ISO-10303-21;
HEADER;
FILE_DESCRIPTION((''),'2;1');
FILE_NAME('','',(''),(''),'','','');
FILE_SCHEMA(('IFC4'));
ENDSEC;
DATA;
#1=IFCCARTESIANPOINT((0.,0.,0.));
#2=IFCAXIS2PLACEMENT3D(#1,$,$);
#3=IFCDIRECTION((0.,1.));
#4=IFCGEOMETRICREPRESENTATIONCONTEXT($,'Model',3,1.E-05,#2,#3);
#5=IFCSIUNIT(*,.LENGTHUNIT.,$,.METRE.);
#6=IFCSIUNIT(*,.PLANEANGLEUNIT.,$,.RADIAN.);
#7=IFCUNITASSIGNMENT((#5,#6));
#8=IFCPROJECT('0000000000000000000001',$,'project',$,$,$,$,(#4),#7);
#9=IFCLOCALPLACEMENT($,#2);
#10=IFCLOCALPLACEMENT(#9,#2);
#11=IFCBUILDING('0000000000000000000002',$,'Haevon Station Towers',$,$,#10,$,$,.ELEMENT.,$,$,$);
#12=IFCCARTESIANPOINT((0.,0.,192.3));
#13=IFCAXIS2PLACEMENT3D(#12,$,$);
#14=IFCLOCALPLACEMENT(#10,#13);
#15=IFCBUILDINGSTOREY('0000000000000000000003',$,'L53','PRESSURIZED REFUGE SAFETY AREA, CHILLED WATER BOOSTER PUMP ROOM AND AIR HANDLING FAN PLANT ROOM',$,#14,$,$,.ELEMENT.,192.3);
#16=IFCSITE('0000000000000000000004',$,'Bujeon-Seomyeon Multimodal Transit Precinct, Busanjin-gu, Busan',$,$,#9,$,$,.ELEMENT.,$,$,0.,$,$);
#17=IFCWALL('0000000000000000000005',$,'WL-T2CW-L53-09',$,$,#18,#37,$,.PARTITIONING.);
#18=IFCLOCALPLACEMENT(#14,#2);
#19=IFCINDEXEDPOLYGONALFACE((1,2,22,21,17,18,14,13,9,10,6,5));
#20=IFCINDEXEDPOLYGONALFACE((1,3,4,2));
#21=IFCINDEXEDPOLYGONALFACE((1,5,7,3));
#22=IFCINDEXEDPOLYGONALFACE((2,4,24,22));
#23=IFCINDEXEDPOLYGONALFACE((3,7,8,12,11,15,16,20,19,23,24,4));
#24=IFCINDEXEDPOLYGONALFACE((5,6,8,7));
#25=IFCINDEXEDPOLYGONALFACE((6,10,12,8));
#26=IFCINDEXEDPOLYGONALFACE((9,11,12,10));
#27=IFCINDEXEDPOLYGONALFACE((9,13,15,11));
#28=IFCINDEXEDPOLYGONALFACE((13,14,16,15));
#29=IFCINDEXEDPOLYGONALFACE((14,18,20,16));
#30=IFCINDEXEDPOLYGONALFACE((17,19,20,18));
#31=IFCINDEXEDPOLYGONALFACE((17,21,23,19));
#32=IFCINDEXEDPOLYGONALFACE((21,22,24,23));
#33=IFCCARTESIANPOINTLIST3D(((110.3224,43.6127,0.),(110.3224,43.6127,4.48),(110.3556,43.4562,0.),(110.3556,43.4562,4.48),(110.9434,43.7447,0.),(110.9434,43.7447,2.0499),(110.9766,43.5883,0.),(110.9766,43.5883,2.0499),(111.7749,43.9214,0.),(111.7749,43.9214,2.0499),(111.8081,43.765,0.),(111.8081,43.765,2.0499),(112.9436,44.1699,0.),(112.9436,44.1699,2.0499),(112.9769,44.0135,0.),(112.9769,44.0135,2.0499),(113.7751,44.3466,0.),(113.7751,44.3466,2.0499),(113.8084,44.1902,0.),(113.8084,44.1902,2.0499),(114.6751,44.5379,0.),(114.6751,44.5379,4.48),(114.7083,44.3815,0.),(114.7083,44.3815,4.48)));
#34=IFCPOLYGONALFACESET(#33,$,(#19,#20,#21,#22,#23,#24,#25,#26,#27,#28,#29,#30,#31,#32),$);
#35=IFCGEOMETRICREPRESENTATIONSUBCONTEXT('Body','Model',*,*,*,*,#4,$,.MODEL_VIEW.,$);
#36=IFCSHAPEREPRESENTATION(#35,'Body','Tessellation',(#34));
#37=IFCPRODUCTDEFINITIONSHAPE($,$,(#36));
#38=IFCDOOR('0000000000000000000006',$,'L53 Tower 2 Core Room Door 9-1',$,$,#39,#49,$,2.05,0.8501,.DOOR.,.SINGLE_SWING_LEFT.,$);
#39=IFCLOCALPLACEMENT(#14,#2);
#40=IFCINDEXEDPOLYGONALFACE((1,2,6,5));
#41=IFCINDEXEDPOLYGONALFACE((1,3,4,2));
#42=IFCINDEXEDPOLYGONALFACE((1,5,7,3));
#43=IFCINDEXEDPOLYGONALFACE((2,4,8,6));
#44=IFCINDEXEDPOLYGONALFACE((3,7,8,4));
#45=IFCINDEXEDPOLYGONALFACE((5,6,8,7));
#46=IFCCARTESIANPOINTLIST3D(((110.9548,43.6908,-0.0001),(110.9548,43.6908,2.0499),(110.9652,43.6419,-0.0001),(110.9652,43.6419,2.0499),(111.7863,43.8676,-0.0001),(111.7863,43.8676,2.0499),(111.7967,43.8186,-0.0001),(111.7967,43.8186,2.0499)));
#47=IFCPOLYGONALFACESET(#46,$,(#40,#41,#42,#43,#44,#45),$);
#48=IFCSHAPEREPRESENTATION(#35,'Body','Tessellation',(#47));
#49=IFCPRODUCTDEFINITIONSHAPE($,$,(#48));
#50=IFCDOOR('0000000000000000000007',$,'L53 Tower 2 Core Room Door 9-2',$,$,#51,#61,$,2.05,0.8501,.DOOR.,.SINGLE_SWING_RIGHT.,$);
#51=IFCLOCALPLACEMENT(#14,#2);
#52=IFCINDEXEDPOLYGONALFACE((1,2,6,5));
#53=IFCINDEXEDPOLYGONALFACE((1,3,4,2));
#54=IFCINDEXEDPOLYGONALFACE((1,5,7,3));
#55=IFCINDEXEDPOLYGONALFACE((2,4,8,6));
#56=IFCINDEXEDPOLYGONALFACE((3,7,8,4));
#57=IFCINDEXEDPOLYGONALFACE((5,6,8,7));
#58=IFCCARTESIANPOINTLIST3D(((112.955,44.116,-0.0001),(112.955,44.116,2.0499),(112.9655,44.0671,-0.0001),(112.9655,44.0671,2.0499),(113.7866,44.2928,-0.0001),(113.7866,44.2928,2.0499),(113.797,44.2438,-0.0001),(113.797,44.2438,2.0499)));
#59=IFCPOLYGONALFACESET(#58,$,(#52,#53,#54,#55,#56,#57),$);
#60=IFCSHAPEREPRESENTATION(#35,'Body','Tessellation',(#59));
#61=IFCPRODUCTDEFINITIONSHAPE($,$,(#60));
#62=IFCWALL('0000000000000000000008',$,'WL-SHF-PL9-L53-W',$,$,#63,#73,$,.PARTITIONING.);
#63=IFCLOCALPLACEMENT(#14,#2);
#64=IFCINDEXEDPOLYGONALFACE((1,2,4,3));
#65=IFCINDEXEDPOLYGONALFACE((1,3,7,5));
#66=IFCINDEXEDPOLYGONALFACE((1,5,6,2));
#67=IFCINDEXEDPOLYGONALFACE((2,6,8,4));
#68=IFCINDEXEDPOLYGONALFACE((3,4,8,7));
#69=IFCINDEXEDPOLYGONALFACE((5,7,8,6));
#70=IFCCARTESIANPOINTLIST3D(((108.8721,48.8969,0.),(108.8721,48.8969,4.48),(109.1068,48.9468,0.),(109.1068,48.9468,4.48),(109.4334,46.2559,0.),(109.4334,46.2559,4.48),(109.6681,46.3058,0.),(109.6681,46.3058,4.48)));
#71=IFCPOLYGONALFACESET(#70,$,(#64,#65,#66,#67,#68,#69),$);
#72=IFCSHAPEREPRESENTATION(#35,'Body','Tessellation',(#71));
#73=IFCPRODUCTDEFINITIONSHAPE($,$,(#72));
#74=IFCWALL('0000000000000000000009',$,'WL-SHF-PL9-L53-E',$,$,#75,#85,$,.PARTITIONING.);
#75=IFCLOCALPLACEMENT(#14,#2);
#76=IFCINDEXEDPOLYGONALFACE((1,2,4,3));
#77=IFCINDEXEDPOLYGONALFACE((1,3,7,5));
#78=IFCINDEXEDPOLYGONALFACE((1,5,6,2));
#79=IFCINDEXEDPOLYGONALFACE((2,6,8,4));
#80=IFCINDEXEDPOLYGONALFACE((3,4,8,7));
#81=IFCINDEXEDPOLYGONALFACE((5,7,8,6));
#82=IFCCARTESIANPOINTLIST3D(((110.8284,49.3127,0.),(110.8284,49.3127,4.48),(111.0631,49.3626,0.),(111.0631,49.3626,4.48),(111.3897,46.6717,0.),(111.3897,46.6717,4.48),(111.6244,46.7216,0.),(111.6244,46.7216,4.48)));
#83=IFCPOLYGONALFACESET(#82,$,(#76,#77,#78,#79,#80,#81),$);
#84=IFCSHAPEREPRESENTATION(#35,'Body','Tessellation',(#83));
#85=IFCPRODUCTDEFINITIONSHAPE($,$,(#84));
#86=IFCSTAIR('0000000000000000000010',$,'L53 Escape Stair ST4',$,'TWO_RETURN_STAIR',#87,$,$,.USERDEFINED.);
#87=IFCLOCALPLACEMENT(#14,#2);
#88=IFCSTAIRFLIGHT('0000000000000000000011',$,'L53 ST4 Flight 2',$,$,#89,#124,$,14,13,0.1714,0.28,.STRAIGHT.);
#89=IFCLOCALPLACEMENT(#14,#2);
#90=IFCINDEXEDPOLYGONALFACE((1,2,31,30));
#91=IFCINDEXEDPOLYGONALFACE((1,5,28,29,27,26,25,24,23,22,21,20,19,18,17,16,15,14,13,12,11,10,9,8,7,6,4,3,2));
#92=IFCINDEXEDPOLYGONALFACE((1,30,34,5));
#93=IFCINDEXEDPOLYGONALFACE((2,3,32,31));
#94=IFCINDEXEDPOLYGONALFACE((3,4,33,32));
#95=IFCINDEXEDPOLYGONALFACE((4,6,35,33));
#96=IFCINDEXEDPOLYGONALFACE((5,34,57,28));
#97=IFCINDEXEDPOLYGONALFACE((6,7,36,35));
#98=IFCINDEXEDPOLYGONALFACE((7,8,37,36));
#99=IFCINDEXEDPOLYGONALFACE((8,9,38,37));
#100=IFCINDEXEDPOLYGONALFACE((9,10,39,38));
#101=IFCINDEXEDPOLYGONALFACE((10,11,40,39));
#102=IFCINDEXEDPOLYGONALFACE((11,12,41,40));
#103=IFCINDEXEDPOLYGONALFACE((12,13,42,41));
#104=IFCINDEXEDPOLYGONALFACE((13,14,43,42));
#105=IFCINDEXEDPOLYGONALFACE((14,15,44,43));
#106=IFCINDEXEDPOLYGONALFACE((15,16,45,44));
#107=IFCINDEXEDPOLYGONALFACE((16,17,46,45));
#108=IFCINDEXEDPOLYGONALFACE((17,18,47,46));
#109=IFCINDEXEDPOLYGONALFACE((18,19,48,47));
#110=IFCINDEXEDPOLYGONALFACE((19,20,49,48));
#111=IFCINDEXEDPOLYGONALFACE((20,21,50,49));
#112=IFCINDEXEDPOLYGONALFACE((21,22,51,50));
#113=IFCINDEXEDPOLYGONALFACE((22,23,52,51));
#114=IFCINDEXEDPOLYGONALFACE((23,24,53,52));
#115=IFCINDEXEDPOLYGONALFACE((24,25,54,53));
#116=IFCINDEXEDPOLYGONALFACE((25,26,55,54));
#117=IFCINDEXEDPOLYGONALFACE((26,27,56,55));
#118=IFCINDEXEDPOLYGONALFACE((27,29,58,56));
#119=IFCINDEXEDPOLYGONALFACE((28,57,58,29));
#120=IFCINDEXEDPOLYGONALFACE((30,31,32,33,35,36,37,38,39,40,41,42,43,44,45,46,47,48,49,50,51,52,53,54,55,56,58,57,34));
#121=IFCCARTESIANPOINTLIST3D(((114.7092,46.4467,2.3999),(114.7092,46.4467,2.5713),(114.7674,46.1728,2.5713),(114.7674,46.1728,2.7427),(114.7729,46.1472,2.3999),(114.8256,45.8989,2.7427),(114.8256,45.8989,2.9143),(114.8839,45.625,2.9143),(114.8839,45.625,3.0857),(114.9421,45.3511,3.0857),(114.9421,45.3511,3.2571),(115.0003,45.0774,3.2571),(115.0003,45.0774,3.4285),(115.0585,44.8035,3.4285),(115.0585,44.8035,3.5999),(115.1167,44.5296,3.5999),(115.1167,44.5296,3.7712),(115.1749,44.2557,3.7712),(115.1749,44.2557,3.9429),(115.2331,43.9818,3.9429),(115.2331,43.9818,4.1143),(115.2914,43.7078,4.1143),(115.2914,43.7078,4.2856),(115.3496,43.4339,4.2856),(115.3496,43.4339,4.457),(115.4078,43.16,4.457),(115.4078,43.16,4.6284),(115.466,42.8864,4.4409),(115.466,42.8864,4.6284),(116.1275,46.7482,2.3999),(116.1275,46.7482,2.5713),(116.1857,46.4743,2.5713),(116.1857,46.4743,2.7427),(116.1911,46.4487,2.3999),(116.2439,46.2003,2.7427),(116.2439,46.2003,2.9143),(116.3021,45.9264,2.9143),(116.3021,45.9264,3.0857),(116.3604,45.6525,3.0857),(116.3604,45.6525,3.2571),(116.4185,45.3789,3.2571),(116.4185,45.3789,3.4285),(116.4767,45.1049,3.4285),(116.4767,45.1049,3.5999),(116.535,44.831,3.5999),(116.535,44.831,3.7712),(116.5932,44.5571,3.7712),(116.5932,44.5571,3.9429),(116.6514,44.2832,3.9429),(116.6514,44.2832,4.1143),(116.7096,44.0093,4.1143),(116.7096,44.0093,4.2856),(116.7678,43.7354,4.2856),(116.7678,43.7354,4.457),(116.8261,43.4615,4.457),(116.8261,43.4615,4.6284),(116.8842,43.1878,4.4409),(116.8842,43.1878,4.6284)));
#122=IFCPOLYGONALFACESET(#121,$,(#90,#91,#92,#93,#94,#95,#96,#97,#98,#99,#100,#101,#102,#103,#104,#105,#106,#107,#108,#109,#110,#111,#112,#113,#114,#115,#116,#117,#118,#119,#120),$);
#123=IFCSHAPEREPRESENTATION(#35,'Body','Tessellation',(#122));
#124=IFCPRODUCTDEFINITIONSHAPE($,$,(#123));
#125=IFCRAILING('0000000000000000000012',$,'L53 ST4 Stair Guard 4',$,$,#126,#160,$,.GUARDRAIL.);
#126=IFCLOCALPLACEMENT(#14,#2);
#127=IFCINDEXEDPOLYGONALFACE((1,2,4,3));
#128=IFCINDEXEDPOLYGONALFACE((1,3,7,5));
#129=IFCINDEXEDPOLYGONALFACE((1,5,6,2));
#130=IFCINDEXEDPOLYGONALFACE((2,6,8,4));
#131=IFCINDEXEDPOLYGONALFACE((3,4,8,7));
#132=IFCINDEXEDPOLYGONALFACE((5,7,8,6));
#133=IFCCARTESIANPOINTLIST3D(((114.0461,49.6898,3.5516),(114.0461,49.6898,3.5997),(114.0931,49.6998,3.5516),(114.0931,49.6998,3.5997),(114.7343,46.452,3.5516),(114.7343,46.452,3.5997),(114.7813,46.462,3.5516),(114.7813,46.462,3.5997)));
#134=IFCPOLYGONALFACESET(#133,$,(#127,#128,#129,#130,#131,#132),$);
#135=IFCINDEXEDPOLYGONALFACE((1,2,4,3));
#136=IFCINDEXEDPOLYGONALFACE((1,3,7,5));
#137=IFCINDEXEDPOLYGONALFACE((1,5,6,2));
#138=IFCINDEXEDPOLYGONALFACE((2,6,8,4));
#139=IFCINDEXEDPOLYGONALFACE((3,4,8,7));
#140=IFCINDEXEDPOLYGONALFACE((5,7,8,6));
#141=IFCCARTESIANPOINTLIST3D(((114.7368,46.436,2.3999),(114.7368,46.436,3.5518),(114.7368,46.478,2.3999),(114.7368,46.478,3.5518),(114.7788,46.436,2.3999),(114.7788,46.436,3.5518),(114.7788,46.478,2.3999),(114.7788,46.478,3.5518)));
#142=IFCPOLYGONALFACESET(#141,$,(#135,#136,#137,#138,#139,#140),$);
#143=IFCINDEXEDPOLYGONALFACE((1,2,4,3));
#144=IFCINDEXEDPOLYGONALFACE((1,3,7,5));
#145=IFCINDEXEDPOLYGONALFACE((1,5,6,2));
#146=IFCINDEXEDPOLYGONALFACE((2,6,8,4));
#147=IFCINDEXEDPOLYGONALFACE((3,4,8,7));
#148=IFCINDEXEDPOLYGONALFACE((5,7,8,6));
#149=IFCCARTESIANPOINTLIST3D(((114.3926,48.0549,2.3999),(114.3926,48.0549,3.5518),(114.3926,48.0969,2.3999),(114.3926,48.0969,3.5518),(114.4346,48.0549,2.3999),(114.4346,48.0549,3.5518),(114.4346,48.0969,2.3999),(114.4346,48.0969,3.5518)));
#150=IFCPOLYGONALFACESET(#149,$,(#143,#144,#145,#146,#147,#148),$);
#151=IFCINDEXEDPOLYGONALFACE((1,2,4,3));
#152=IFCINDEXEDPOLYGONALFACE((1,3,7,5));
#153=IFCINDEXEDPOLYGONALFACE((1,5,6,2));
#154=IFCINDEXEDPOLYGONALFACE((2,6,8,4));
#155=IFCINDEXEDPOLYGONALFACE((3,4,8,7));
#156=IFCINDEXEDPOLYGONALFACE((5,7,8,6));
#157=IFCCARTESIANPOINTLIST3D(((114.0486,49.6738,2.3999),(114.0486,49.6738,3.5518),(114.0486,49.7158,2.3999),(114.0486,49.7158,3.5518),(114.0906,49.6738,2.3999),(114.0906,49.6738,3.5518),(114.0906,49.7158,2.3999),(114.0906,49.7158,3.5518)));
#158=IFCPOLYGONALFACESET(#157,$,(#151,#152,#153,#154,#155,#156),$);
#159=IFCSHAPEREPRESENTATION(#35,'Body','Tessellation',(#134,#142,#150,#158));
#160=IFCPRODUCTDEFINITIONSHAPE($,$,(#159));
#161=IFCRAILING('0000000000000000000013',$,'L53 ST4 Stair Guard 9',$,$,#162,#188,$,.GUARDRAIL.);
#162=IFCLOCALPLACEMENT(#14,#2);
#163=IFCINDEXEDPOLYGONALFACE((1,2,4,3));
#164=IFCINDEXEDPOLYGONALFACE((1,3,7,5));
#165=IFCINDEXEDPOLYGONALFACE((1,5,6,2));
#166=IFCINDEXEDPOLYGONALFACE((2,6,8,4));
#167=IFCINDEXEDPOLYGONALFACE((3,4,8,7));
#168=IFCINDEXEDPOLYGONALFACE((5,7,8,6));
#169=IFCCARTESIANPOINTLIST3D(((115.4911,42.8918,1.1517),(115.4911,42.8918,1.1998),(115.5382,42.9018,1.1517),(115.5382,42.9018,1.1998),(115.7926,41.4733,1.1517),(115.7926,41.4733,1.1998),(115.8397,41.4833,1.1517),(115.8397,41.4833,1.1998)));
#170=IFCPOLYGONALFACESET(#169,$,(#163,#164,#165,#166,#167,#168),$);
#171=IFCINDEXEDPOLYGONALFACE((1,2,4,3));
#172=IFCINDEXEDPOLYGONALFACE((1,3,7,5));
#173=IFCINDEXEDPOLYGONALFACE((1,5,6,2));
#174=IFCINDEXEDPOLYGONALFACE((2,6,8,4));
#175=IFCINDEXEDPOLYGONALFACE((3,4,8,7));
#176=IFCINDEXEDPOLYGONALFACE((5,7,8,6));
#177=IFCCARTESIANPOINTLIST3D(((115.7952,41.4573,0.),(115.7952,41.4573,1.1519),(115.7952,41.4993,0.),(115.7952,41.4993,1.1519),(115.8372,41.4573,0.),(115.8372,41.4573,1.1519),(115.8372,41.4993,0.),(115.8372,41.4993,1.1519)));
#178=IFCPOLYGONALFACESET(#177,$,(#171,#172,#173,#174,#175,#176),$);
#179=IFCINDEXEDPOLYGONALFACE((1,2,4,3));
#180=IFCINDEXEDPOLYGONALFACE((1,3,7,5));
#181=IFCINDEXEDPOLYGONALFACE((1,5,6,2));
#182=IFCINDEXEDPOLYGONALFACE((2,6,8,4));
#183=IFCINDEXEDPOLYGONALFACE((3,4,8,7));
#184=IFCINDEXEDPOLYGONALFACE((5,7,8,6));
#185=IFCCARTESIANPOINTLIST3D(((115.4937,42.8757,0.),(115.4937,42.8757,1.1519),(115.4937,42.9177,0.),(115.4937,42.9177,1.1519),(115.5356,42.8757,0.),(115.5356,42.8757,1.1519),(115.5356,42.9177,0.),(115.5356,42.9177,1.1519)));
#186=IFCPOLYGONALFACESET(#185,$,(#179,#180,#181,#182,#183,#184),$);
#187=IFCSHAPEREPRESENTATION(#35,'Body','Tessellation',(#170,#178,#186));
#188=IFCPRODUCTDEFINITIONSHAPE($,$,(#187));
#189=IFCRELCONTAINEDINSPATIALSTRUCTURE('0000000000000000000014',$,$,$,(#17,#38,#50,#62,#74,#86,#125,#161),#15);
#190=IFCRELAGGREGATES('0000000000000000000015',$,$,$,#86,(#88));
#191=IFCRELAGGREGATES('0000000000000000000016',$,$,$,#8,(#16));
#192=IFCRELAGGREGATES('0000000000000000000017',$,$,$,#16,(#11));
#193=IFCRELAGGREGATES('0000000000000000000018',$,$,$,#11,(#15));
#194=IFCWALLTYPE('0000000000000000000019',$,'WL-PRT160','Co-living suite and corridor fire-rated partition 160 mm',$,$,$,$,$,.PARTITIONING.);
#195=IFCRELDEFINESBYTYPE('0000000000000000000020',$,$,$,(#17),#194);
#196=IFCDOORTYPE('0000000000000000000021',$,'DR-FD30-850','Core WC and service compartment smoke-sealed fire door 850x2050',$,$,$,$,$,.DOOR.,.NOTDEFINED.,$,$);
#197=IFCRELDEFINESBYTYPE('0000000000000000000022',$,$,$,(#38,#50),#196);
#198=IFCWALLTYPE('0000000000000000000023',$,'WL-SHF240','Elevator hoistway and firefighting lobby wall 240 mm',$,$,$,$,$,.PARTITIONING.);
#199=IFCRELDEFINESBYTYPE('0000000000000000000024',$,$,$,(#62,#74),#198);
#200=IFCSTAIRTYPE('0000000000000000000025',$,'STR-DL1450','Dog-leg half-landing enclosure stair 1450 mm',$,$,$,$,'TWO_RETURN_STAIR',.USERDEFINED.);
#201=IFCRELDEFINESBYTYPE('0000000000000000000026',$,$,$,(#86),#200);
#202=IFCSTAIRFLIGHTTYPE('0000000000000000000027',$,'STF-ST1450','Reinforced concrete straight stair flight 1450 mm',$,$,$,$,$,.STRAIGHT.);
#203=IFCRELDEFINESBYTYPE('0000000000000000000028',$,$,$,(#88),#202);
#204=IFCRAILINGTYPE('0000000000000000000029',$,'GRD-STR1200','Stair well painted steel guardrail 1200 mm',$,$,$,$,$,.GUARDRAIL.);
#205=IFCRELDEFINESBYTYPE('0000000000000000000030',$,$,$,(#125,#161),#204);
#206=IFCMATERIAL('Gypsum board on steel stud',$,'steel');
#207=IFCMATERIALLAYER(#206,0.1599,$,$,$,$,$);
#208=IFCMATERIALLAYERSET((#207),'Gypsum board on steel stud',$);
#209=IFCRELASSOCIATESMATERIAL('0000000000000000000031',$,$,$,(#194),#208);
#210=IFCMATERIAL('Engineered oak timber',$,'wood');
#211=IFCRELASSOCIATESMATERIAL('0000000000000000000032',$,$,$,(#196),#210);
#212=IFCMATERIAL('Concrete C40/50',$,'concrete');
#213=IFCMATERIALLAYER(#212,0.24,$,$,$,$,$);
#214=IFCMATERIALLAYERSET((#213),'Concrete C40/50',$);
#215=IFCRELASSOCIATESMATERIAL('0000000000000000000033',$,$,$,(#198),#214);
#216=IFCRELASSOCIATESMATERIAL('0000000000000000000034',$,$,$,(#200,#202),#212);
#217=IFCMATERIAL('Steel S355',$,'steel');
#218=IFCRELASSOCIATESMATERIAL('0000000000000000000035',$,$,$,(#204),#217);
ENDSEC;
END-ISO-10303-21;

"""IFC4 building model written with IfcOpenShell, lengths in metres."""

from ifc_helpers import new_model, si_unit, direction, frame, frame_2d, origin, origin_2d, place, context, subcontext, project, spatial, polyline, rectangle, outline, extrude, material, layer, layer_set, type_object, element, fill, aggregate, save


model = new_model("IFC4")

# Units and contexts
model_context = context("Model", 3, precision=1e-05, world=origin(), true_north=direction((0.0, 1.0)))
body_context = subcontext(model_context, "Body", "Model", "MODEL_VIEW")
ifc_project = project(units=[si_unit("LENGTHUNIT", "METRE"), si_unit("PLANEANGLEUNIT", "RADIAN")], contexts=[model_context])

# Site, building, storey
site_placement = place(None, origin())
site = spatial("IfcSite", under=ifc_project, at=site_placement, Name="Bujeon-Seomyeon Multimodal Transit Precinct, Busanjin-gu, Busan", CompositionType="ELEMENT", RefElevation=0.0)
building_placement = place(site_placement, origin())
building = spatial("IfcBuilding", under=site, at=building_placement, Name="Haevon Station Towers", CompositionType="ELEMENT")
storey_placement = place(building_placement, frame((0.0, 0.0, 192.3)))
storey = spatial("IfcBuildingStorey", under=building, at=storey_placement, Name="L53", Description="PRESSURIZED REFUGE SAFETY AREA, CHILLED WATER BOOSTER PUMP ROOM AND AIR HANDLING FAN PLANT ROOM", CompositionType="ELEMENT", Elevation=192.3)

# Shared definitions
ifc_material_1 = material(Name="Steel S355", Category="steel")

# Shared definitions
ifc_material_2 = material(Name="Gypsum board on steel stud", Category="steel")
ifc_material_3 = material(Name="Engineered oak timber", Category="wood")

# Shared definitions
ifc_layer_1 = layer(ifc_material_2, 0.1599)
ifc_layer_set_1 = layer_set([ifc_layer_1], Name="Gypsum board on steel stud")
wall_type_1 = type_object("IfcWallType", Name="WL-PRT160", Description="Co-living suite and corridor fire-rated partition 160 mm", PredefinedType="PARTITIONING", material=ifc_layer_set_1)

# Wall, openings, doors
wall_1_placement = place(storey_placement, frame((110.3389, 43.5344, 0.0), z_axis=(0.0, 0.0, 1.0), x_axis=(0.978144, 0.207929, 0.0)))
wall_1 = element("IfcWall", 1, at=wall_1_placement, inside=storey, type_object=wall_type_1, Name="WL-T2CW-L53-09", PredefinedType="PARTITIONING", context=body_context, shape_type="SweptSolid", body=[
    extrude(rectangle(XDim=4.45, YDim=0.1599, at=frame_2d((2.2251, 0.0))), origin(), (0.0, 0.0, 1.0), 4.48),
])
opening_1_placement = place(wall_1_placement, frame((0.635, 0.0, 0.0)))
opening_1 = element("IfcOpeningElement", 2, at=opening_1_placement, cuts=wall_1, PredefinedType="OPENING", context=body_context, shape_type="SweptSolid", body=[
    extrude(rectangle(XDim=0.8501, YDim=2.05, at=frame_2d((0.425, 1.0249))), frame((0.0, 0.0898, 0.0), z_axis=(0.0, -1.0, 0.0), x_axis=(1.0, 0.0, 0.0)), (0.0, 0.0, 1.0), 0.1799),
])
opening_2_placement = place(wall_1_placement, frame((2.6799, 0.0, 0.0)))
opening_2 = element("IfcOpeningElement", 3, at=opening_2_placement, cuts=wall_1, PredefinedType="OPENING", context=body_context, shape_type="SweptSolid", body=[
    extrude(rectangle(XDim=0.8501, YDim=2.05, at=frame_2d((0.425, 1.0249))), frame((0.0, 0.0898, 0.0), z_axis=(0.0, -1.0, 0.0), x_axis=(1.0, 0.0, 0.0)), (0.0, 0.0, 1.0), 0.1799),
])
door_type_1 = type_object("IfcDoorType", Name="DR-FD30-850", Description="Core WC and service compartment smoke-sealed fire door 850x2050", OperationType="NOTDEFINED", PredefinedType="DOOR", material=ifc_material_3)
door_1_placement = place(opening_1_placement, origin())
door_1 = element("IfcDoor", 4, at=door_1_placement, inside=storey, type_object=door_type_1, Name="L53 Tower 2 Core Room Door 9-1", OperationType="SINGLE_SWING_LEFT", OverallHeight=2.05, OverallWidth=0.8501, PredefinedType="DOOR", context=body_context, shape_type="SweptSolid", body=[
    extrude(rectangle(XDim=0.8501, YDim=2.05, at=frame_2d((0.425, 1.0249))), frame((0.0, 0.0249, 0.0), z_axis=(0.0, -1.0, 0.0), x_axis=(1.0, 0.0, 0.0)), (0.0, 0.0, 1.0), 0.05),
])
fill(opening_1, door_1)
door_2_placement = place(opening_2_placement, origin())
door_2 = element("IfcDoor", 5, at=door_2_placement, inside=storey, type_object=door_type_1, Name="L53 Tower 2 Core Room Door 9-2", OperationType="SINGLE_SWING_RIGHT", OverallHeight=2.05, OverallWidth=0.8501, PredefinedType="DOOR", context=body_context, shape_type="SweptSolid", body=[
    extrude(rectangle(XDim=0.8501, YDim=2.05, at=frame_2d((0.425, 1.0249))), frame((0.0, 0.0249, 0.0), z_axis=(0.0, -1.0, 0.0), x_axis=(1.0, 0.0, 0.0)), (0.0, 0.0, 1.0), 0.05),
])
fill(opening_2, door_2)

# Shared definitions
ifc_material_4 = material(Name="Concrete C40/50", Category="concrete")
ifc_layer_2 = layer(ifc_material_4, 0.24)
ifc_layer_set_2 = layer_set([ifc_layer_2], Name="Concrete C40/50")
wall_type_2 = type_object("IfcWallType", Name="WL-SHF240", Description="Elevator hoistway and firefighting lobby wall 240 mm", PredefinedType="PARTITIONING", material=ifc_layer_set_2)

# Walls
for number, where, z_axis, x_axis, name in (
    (6, (109.5508, 46.2808, 0.0), (0.0, 0.0, 1.0), (-0.207892, 0.978152, 0.0), "WL-SHF-PL9-L53-W"),
    (7, (111.5071, 46.6965, 0.0), (0.0, 0.0, 1.0), (-0.207892, 0.978152, 0.0), "WL-SHF-PL9-L53-E"),
):
    element("IfcWall", number, at=place(storey_placement, frame(where, z_axis=z_axis, x_axis=x_axis)), inside=storey, type_object=wall_type_2, Name=name, PredefinedType="PARTITIONING", context=body_context, shape_type="SweptSolid", body=[
        extrude(rectangle(XDim=2.7, YDim=0.24, at=frame_2d((1.3501, 0.0))), origin(), (0.0, 0.0, 1.0), 4.48),
    ])

# Stair, stair flight
stair_type = type_object("IfcStairType", Name="STR-DL1450", Description="Dog-leg half-landing enclosure stair 1450 mm", ElementType="TWO_RETURN_STAIR", PredefinedType="USERDEFINED", material=ifc_material_4)
stair_placement = place(storey_placement, origin())
stair = element("IfcStair", 8, at=stair_placement, inside=storey, type_object=stair_type, Name="L53 Escape Stair ST4", ObjectType="TWO_RETURN_STAIR", PredefinedType="USERDEFINED")
stair_flight_type = type_object("IfcStairFlightType", Name="STF-ST1450", Description="Reinforced concrete straight stair flight 1450 mm", PredefinedType="STRAIGHT", material=ifc_material_4)
stair_flight_placement = place(storey_placement, frame((115.4182, 46.5974, 2.3999), z_axis=(0.0, 0.0, 1.0), x_axis=(0.207912, -0.978148, 0.0)))
stair_flight = element("IfcStairFlight", 9, at=stair_flight_placement, type_object=stair_flight_type, Name="L53 ST4 Flight 2", NumberOfRisers=14, NumberOfTreads=13, PredefinedType="STRAIGHT", RiserHeight=0.1714, TreadLength=0.28, context=body_context, shape_type="SweptSolid", body=[
    extrude(outline(polyline([(0.0, 0.0), (0.0, 0.1714), (0.28, 0.1714), (0.28, 0.3428), (0.5601, 0.3428), (0.5601, 0.5144), (0.8401, 0.5144), (0.8401, 0.6858), (1.1201, 0.6858), (1.1201, 0.8572), (1.3999, 0.8572), (1.3999, 1.0286), (1.6799, 1.0286), (1.6799, 1.2), (1.96, 1.2), (1.96, 1.3713), (2.24, 1.3713), (2.24, 1.543), (2.52, 1.543), (2.52, 1.7144), (2.8, 1.7144), (2.8, 1.8857), (3.0801, 1.8857), (3.0801, 2.0571), (3.3601, 2.0571), (3.3601, 2.2285), (3.6399, 2.2285), (3.6399, 2.3999), (3.6399, 2.041), (0.3062, 0.0), (0.0, 0.0)])), frame((0.0, 0.7251, 0.0), z_axis=(0.0, -1.0, 0.0), x_axis=(1.0, 0.0, 0.0)), (0.0, 0.0, 1.0), 1.45),
])
aggregate(stair, [stair_flight])

# Railings
railing_type_1 = type_object("IfcRailingType", Name="GRD-STR1200", Description="Stair well painted steel guardrail 1200 mm", PredefinedType="GUARDRAIL", material=ifc_material_1)
railing_1_placement = place(storey_placement, frame((114.7578, 46.457, 2.3999)))
element("IfcRailing", 10, at=railing_1_placement, inside=storey, type_object=railing_type_1, Name="L53 ST4 Stair Guard 4", PredefinedType="GUARDRAIL", context=body_context, shape_type="SweptSolid", body=[
    extrude(rectangle(XDim=0.0481, YDim=0.0481, at=origin_2d()), frame((0.0, 0.0, 1.1758), z_axis=(-0.207917, 0.978146, 0.0), x_axis=(-0.978146, -0.207917, 0.0)), (0.0, 0.0, 1.0), 3.3101),
    extrude(rectangle(XDim=0.042, YDim=0.042, at=origin_2d()), origin(), (0.0, 0.0, 1.0), 1.1519),
    extrude(rectangle(XDim=0.042, YDim=0.042, at=origin_2d()), frame((-0.3442, 1.6189, 0.0)), (0.0, 0.0, 1.0), 1.1519),
    extrude(rectangle(XDim=0.042, YDim=0.042, at=origin_2d()), frame((-0.6882, 3.2378, 0.0)), (0.0, 0.0, 1.0), 1.1519),
])
railing_2_placement = place(storey_placement, frame((115.8162, 41.4783, 0.0)))
element("IfcRailing", 11, at=railing_2_placement, inside=storey, type_object=railing_type_1, Name="L53 ST4 Stair Guard 9", PredefinedType="GUARDRAIL", context=body_context, shape_type="SweptSolid", body=[
    extrude(rectangle(XDim=0.0481, YDim=0.0481, at=origin_2d()), frame((0.0, 0.0, 1.1758), z_axis=(-0.207919, 0.978146, 0.0), x_axis=(-0.978146, -0.207919, 0.0)), (0.0, 0.0, 1.0), 1.4502),
    extrude(rectangle(XDim=0.042, YDim=0.042, at=origin_2d()), origin(), (0.0, 0.0, 1.0), 1.1519),
    extrude(rectangle(XDim=0.042, YDim=0.042, at=origin_2d()), frame((-0.3015, 1.4185, 0.0)), (0.0, 0.0, 1.0), 1.1519),
])

save(model, "model.ifc")
